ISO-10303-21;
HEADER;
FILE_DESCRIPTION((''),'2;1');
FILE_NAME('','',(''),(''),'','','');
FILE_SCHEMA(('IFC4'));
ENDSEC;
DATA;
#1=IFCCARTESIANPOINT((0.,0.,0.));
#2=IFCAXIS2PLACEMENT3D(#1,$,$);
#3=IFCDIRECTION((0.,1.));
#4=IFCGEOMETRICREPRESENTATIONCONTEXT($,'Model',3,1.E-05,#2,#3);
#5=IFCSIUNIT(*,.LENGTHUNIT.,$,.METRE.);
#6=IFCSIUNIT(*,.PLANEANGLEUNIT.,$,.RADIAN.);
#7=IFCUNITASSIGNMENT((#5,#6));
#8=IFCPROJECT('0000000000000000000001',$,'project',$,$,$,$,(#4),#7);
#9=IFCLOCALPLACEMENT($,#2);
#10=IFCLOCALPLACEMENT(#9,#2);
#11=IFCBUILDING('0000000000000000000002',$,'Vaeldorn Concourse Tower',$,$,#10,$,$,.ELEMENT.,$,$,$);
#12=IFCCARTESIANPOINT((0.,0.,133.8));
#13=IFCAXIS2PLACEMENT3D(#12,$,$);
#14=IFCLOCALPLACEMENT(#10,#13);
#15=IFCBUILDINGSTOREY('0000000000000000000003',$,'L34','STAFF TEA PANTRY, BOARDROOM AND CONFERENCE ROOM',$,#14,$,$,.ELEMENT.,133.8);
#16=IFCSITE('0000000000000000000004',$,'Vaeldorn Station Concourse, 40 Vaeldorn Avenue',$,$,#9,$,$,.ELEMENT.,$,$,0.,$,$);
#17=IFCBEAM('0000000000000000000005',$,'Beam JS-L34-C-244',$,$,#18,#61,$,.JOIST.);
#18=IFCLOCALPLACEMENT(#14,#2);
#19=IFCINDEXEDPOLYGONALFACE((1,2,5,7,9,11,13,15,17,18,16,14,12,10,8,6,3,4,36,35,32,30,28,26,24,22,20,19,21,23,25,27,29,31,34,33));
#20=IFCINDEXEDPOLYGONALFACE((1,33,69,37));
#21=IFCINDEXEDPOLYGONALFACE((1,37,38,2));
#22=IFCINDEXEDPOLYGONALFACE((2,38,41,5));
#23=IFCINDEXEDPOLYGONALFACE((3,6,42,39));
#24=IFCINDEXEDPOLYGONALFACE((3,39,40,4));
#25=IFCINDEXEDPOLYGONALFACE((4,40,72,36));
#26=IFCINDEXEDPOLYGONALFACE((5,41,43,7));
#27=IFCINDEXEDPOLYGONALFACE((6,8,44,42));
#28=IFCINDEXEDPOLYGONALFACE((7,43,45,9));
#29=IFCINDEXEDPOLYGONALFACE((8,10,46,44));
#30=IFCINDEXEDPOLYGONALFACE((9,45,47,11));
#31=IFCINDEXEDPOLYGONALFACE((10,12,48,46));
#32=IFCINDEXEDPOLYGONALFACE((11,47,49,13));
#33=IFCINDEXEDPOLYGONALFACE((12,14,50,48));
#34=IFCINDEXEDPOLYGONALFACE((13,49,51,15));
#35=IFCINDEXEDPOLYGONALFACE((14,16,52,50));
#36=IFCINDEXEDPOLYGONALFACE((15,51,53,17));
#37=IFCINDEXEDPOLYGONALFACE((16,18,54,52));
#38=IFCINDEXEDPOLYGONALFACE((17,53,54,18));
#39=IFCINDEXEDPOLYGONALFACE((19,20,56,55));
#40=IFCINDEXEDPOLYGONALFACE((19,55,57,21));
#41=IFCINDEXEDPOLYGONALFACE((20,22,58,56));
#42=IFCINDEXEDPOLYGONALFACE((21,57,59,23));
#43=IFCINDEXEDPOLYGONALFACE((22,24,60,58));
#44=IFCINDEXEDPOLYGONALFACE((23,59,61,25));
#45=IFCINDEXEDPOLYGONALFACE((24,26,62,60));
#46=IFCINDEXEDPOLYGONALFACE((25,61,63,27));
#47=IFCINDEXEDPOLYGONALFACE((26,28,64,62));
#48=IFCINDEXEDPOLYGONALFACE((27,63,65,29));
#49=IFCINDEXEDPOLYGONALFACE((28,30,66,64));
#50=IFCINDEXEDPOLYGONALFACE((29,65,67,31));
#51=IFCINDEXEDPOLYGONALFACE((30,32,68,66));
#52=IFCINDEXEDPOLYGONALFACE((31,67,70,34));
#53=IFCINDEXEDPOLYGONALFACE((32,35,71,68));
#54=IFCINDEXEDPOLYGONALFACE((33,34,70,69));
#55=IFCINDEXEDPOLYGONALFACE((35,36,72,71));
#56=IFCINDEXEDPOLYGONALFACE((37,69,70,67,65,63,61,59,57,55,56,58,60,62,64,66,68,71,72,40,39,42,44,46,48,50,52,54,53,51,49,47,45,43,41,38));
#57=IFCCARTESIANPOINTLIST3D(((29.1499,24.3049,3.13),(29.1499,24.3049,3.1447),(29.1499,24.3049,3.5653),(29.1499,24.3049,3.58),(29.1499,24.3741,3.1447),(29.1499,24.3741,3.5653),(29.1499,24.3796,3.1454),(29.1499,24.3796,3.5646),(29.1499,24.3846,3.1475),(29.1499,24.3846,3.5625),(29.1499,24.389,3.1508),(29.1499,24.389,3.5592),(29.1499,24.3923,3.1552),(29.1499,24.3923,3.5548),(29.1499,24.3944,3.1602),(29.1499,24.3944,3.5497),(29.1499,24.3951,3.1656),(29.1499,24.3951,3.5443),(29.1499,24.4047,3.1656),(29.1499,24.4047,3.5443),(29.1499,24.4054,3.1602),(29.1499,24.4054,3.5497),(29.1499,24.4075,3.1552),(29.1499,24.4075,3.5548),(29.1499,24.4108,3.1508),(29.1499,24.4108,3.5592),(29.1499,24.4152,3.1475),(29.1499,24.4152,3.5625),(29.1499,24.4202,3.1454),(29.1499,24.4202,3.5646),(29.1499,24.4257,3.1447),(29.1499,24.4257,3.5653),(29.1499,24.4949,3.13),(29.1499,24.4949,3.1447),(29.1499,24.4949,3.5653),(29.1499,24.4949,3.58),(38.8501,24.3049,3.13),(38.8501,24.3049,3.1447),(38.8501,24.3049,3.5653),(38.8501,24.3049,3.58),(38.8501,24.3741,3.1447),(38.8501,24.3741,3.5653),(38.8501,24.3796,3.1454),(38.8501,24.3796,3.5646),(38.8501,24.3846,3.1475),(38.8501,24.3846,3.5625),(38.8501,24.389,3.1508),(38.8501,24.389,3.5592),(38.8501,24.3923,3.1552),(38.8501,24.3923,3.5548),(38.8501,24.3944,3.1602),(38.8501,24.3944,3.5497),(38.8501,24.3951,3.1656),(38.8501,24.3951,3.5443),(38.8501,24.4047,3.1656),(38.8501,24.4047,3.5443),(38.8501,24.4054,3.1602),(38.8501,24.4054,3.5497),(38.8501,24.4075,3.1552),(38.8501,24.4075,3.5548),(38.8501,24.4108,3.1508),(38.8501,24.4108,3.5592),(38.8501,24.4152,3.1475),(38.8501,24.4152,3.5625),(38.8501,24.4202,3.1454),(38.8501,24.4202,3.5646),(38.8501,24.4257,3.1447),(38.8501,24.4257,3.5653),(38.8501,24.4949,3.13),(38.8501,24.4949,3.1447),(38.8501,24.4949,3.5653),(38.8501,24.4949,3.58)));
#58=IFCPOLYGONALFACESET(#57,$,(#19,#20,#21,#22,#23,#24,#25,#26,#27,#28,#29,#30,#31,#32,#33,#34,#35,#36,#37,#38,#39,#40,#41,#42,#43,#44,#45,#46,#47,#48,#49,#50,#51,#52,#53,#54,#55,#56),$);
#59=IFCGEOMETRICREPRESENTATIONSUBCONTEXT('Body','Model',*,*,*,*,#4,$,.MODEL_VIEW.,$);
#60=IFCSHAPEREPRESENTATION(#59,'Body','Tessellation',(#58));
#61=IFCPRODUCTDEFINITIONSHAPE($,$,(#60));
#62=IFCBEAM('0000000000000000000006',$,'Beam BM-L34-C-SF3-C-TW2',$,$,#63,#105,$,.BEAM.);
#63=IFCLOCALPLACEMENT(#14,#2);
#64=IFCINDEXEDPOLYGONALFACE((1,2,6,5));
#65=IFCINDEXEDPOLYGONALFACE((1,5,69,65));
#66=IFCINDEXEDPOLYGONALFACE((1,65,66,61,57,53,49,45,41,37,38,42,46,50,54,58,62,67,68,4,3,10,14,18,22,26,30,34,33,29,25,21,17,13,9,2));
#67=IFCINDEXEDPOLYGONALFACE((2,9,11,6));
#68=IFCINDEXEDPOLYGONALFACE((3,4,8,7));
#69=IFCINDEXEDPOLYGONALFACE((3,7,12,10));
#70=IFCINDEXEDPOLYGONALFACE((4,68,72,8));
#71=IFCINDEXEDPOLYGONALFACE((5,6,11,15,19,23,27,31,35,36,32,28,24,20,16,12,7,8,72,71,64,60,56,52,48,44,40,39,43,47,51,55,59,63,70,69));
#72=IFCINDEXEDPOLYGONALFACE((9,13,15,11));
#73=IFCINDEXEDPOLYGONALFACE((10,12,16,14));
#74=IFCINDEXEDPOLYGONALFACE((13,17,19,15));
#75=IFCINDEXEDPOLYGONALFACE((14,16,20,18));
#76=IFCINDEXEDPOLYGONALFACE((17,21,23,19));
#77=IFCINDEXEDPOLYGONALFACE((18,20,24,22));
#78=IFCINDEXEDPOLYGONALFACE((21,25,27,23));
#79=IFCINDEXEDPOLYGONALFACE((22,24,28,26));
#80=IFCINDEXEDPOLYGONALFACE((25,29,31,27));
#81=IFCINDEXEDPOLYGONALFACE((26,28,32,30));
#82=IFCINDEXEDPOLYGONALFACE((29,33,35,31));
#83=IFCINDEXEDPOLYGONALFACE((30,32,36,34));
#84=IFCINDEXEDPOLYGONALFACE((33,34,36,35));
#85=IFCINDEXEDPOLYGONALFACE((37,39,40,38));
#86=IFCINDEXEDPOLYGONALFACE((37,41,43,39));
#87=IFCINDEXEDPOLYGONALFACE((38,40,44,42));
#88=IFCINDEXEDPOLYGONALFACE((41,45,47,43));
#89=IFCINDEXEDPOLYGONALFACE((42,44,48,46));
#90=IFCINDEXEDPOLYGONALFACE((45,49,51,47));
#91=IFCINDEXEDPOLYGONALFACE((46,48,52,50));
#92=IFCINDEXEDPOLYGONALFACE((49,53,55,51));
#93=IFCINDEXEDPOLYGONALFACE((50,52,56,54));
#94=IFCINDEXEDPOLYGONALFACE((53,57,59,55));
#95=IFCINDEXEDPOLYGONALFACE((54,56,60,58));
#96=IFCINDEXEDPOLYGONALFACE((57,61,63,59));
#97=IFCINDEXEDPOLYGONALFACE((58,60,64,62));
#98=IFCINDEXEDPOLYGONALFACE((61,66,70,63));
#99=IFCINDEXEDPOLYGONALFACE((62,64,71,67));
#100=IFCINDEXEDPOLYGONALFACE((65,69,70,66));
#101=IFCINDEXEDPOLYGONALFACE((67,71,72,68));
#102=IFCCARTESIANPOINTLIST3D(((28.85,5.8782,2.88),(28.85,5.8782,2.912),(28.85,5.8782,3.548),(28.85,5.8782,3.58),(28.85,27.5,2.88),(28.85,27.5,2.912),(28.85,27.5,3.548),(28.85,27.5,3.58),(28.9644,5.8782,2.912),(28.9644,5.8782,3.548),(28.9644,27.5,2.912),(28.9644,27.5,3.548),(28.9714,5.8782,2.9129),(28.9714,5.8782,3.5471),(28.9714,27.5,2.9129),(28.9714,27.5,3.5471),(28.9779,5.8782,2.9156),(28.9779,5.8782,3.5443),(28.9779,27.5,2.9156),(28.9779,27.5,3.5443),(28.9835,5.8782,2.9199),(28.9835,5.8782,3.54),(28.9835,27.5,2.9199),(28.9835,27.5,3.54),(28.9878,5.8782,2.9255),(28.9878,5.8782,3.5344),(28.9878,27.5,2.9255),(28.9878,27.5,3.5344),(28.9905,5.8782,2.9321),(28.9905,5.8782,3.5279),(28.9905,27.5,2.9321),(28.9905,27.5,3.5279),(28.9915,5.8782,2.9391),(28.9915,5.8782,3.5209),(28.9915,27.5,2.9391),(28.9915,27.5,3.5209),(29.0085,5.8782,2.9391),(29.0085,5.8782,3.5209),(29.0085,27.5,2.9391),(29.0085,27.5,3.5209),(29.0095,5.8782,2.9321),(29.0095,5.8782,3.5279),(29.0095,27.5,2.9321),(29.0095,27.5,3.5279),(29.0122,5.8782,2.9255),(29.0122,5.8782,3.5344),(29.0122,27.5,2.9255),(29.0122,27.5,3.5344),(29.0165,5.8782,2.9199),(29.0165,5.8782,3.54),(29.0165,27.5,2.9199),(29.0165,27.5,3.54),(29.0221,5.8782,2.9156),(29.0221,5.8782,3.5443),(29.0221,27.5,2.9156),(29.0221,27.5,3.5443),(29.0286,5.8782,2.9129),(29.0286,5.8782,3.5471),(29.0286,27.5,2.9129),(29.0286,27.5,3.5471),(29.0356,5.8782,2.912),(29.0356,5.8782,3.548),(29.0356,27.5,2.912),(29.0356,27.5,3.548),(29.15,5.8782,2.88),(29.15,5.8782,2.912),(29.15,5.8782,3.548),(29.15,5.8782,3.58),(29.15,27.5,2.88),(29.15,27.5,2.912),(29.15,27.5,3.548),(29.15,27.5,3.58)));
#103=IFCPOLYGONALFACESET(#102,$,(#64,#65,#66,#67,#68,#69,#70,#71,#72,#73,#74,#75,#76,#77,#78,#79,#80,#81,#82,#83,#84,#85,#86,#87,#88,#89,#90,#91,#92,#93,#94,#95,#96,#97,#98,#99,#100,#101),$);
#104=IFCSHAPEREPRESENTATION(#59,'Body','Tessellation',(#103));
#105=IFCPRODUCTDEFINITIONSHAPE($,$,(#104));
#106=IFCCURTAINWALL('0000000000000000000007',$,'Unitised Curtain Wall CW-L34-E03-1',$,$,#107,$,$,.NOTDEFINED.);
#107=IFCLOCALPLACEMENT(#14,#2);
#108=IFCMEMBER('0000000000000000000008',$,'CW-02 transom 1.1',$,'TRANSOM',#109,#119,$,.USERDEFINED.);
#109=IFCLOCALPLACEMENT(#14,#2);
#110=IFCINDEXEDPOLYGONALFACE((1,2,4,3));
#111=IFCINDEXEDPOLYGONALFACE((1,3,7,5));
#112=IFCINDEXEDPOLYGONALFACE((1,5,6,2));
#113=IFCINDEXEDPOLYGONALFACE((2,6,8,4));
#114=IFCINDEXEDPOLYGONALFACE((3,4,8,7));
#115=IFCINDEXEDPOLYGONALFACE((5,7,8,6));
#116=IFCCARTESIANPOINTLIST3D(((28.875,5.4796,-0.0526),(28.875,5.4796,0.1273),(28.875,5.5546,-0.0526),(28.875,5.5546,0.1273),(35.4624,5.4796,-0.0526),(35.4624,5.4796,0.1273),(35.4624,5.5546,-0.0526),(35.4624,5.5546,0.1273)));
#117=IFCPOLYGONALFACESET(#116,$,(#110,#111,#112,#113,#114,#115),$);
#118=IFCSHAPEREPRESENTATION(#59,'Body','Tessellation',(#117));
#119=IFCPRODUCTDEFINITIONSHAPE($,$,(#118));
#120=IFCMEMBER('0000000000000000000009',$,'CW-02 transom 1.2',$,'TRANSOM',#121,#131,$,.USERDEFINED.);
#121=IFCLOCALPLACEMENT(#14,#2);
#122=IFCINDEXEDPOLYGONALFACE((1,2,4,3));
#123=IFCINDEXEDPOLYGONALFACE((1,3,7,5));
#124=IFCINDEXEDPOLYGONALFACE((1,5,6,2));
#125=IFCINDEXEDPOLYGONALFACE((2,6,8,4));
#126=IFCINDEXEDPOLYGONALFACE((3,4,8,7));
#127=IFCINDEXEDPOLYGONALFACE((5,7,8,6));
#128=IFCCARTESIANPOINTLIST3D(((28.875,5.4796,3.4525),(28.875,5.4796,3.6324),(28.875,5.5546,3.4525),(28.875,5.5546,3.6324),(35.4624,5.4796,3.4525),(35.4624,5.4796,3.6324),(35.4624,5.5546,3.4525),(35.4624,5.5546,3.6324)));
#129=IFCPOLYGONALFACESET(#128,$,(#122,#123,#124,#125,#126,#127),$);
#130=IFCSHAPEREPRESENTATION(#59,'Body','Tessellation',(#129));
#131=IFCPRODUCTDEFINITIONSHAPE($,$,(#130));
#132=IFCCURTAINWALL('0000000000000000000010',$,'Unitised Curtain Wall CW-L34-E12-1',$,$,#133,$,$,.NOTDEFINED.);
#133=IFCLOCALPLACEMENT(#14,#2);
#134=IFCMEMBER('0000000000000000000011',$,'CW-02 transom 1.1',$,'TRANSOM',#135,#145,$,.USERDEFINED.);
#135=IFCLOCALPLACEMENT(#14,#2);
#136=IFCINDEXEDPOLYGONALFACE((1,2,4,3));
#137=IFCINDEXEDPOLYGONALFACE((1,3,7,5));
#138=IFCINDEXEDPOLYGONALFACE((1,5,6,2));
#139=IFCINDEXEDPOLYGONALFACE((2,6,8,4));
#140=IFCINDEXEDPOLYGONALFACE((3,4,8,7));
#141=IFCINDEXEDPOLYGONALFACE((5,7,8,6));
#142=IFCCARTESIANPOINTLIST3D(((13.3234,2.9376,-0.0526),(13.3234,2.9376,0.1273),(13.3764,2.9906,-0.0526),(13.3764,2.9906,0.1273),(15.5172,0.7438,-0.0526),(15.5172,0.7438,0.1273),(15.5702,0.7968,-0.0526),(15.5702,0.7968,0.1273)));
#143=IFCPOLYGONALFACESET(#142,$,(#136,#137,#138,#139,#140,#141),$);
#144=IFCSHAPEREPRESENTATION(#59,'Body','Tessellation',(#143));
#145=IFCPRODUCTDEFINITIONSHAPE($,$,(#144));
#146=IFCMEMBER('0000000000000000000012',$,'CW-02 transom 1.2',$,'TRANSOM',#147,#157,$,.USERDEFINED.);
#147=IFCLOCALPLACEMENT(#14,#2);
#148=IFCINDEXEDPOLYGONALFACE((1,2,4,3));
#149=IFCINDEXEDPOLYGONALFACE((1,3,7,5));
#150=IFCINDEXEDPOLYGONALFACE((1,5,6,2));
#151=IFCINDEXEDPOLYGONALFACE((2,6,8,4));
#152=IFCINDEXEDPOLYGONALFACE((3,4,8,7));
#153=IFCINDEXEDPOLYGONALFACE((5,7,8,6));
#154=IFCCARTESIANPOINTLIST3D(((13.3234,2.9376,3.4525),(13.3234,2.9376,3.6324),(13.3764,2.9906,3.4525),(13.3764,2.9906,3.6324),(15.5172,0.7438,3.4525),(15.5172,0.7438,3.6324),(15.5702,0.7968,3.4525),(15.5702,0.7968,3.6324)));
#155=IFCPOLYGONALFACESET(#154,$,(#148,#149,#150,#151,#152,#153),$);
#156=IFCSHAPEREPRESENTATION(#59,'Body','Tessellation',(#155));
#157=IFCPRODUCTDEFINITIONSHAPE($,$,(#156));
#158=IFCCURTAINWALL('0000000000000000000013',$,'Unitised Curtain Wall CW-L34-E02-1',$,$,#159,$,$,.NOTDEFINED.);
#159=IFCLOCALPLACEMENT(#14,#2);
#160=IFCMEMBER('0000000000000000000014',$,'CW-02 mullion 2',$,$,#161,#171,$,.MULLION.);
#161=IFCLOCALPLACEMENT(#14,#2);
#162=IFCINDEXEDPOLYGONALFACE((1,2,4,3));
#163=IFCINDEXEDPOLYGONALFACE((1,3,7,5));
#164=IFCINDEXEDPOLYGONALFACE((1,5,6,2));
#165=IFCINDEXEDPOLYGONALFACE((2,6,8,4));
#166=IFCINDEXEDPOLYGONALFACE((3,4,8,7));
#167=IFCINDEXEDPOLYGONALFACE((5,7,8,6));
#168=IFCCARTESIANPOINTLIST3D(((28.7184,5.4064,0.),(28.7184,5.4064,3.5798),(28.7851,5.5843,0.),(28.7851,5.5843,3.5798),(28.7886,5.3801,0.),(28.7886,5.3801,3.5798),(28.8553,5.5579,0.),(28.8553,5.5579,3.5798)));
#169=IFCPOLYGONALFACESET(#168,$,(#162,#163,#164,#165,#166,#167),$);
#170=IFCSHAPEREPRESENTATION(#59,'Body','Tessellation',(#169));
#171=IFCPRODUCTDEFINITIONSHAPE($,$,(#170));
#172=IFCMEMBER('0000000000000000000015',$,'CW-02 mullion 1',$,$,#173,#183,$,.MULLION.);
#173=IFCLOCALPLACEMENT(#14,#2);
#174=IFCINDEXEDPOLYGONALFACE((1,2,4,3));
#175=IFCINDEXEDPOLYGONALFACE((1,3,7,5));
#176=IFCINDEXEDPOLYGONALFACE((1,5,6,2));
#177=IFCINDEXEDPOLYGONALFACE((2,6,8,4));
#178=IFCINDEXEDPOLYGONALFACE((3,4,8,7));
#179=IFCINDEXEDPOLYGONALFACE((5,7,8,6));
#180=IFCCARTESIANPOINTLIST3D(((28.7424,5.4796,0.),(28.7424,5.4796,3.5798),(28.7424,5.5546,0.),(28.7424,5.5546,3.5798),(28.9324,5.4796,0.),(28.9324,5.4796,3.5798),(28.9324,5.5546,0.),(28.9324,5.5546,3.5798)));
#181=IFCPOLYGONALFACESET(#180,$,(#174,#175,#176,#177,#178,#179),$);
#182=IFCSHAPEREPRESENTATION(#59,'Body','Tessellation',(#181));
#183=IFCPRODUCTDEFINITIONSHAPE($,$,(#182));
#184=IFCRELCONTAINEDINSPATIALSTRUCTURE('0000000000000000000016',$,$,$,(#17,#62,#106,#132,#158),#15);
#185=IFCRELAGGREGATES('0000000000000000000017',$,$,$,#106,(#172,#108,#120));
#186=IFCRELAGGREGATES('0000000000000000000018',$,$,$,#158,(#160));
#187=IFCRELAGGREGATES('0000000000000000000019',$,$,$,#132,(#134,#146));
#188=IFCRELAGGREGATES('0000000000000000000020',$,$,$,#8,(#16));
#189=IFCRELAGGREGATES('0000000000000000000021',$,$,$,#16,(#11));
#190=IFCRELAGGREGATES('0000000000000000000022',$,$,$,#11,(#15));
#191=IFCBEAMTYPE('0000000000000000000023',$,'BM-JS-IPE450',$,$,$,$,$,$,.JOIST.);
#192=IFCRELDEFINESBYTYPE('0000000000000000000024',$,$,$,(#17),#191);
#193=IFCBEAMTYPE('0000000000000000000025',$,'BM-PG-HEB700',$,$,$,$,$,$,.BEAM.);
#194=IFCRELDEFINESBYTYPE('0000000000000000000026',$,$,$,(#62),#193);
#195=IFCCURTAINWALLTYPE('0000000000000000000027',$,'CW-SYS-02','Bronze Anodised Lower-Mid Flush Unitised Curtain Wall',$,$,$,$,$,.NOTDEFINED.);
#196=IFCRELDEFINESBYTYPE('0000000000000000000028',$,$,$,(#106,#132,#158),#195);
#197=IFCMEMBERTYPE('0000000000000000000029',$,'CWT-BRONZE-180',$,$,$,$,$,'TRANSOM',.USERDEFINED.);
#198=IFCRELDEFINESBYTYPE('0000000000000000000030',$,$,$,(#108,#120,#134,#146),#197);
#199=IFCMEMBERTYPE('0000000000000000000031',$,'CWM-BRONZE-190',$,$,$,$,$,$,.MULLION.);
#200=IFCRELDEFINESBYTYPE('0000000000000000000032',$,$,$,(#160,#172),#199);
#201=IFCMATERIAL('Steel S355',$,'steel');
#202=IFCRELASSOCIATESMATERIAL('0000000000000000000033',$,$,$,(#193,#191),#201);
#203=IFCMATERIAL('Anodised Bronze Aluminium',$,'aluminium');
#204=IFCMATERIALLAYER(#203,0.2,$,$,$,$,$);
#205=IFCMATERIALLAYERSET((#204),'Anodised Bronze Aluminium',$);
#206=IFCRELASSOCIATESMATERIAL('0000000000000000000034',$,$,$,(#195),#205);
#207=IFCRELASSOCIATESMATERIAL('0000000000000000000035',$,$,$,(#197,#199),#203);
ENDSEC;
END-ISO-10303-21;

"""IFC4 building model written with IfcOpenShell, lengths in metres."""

from ifc_helpers import new_model, si_unit, direction, frame, origin, origin_2d, place, context, subcontext, project, spatial, rectangle, i_section, extrude, source, transform, mapped, material, layer, layer_set, material_profile, profile_set, type_object, element, aggregate, save


model = new_model("IFC4")

# Units and contexts
model_context = context("Model", 3, precision=1e-05, world=origin(), true_north=direction((0.0, 1.0)))
body_context = subcontext(model_context, "Body", "Model", "MODEL_VIEW")
ifc_project = project(units=[si_unit("LENGTHUNIT", "METRE"), si_unit("PLANEANGLEUNIT", "RADIAN")], contexts=[model_context])

# Site, building, storey
site_placement = place(None, origin())
site = spatial("IfcSite", under=ifc_project, at=site_placement, Name="Vaeldorn Station Concourse, 40 Vaeldorn Avenue", CompositionType="ELEMENT", RefElevation=0.0)
building_placement = place(site_placement, origin())
building = spatial("IfcBuilding", under=site, at=building_placement, Name="Vaeldorn Concourse Tower", CompositionType="ELEMENT")
storey_placement = place(building_placement, frame((0.0, 0.0, 133.8)))
storey = spatial("IfcBuildingStorey", under=building, at=storey_placement, Name="L34", Description="STAFF TEA PANTRY, BOARDROOM AND CONFERENCE ROOM", CompositionType="ELEMENT", Elevation=133.8)

# Beams
ifc_material_1 = material(Name="Steel S355", Category="steel")
ifc_material_profile_1 = material_profile(ifc_material_1, i_section(OverallWidth=0.3, OverallDepth=0.7, WebThickness=0.0171, FlangeThickness=0.032, FilletRadius=0.0271, at=origin_2d()), Name="HEB 700")
ifc_profile_set_1 = profile_set([ifc_material_profile_1], Name="Steel S355")
beam_type_1 = type_object("IfcBeamType", Name="BM-PG-HEB700", PredefinedType="BEAM", material=ifc_profile_set_1)
ifc_material_profile_2 = material_profile(ifc_material_1, i_section(OverallWidth=0.1899, OverallDepth=0.45, WebThickness=0.0095, FlangeThickness=0.0146, FilletRadius=0.021, at=origin_2d()), Name="IPE 450")
ifc_profile_set_2 = profile_set([ifc_material_profile_2], Name="Steel S355")
beam_type_2 = type_object("IfcBeamType", Name="BM-JS-IPE450", PredefinedType="JOIST", material=ifc_profile_set_2)
shared_shape_1 = source(origin(), body_context, "Body", "SweptSolid", [
    extrude(i_section(OverallWidth=0.1899, OverallDepth=0.45, WebThickness=0.0095, FlangeThickness=0.0146, FilletRadius=0.021, at=origin_2d()), origin(), (0.0, 0.0, 1.0), 9.7002),
])
for number, where, z_axis, x_axis, name in (
    (1, (29.1499, 24.3999, 3.355), (1.0, 0.0, 0.0), (0.0, 1.0, 0.0), "Beam JS-L34-C-244"),
):
    element("IfcBeam", number, at=place(storey_placement, frame(where, z_axis=z_axis, x_axis=x_axis)), inside=storey, type_object=beam_type_2, Name=name, PredefinedType="JOIST", context=body_context, shape_type="MappedRepresentation", body=[
        mapped(shared_shape_1, transform((0.0, 0.0, 0.0), scale=1.0)),
    ])
shared_shape_2 = source(origin(), body_context, "Body", "SweptSolid", [
    extrude(i_section(OverallWidth=0.3, OverallDepth=0.7, WebThickness=0.0171, FlangeThickness=0.032, FilletRadius=0.0271, at=origin_2d()), origin(), (0.0, 0.0, 1.0), 21.6218),
])
beam_1_placement = place(storey_placement, frame((29.0, 5.8782, 3.23), z_axis=(0.0, 1.0, 0.0), x_axis=(-1.0, 0.0, 0.0)))
element("IfcBeam", 2, at=beam_1_placement, inside=storey, type_object=beam_type_1, Name="Beam BM-L34-C-SF3-C-TW2", PredefinedType="BEAM", context=body_context, shape_type="MappedRepresentation", body=[
    mapped(shared_shape_2, transform((0.0, 0.0, 0.0), scale=1.0)),
])

# Curtain walls, members
ifc_material_2 = material(Name="Anodised Bronze Aluminium", Category="aluminium")
ifc_layer_1 = layer(ifc_material_2, 0.2)
ifc_layer_set_1 = layer_set([ifc_layer_1], Name="Anodised Bronze Aluminium")
curtain_wall_type = type_object("IfcCurtainWallType", Name="CW-SYS-02", Description="Bronze Anodised Lower-Mid Flush Unitised Curtain Wall", PredefinedType="NOTDEFINED", material=ifc_layer_set_1)
curtain_wall_1_placement = place(storey_placement, origin())
curtain_wall_1 = element("IfcCurtainWall", 3, at=curtain_wall_1_placement, inside=storey, type_object=curtain_wall_type, Name="Unitised Curtain Wall CW-L34-E03-1", PredefinedType="NOTDEFINED")
ifc_material_profile_3 = material_profile(ifc_material_2, rectangle(XDim=0.075, YDim=0.1799, at=origin_2d()), Name="CWT 75x180")
ifc_profile_set_3 = profile_set([ifc_material_profile_3], Name="Anodised Bronze Aluminium")
member_type_1 = type_object("IfcMemberType", Name="CWT-BRONZE-180", ElementType="TRANSOM", PredefinedType="USERDEFINED", material=ifc_profile_set_3)
shared_shape_3 = source(origin(), body_context, "Body", "SweptSolid", [
    extrude(rectangle(XDim=0.075, YDim=0.1799, at=origin_2d()), origin(), (0.0, 0.0, 1.0), 6.5874),
])
member_1_placement = place(storey_placement, frame((28.875, 5.5171, 0.0374), z_axis=(1.0, 0.0, 0.0), x_axis=(0.0, 1.0, 0.0)))
member_1 = element("IfcMember", 4, at=member_1_placement, type_object=member_type_1, Name="CW-02 transom 1.1", ObjectType="TRANSOM", PredefinedType="USERDEFINED", context=body_context, shape_type="MappedRepresentation", body=[
    mapped(shared_shape_3, transform((0.0, 0.0, 0.0), scale=1.0)),
])
member_2_placement = place(storey_placement, frame((28.875, 5.5171, 3.5425), z_axis=(1.0, 0.0, 0.0), x_axis=(0.0, 1.0, 0.0)))
member_2 = element("IfcMember", 5, at=member_2_placement, type_object=member_type_1, Name="CW-02 transom 1.2", ObjectType="TRANSOM", PredefinedType="USERDEFINED", context=body_context, shape_type="MappedRepresentation", body=[
    mapped(shared_shape_3, transform((0.0, 0.0, 0.0), scale=1.0)),
])
curtain_wall_2_placement = place(storey_placement, origin())
curtain_wall_2 = element("IfcCurtainWall", 6, at=curtain_wall_2_placement, inside=storey, type_object=curtain_wall_type, Name="Unitised Curtain Wall CW-L34-E12-1", PredefinedType="NOTDEFINED")
shared_shape_4 = source(origin(), body_context, "Body", "SweptSolid", [
    extrude(rectangle(XDim=0.075, YDim=0.1799, at=origin_2d()), origin(), (0.0, 0.0, 1.0), 3.1025),
])
member_3_placement = place(storey_placement, frame((13.3499, 2.9641, 0.0374), z_axis=(0.707107, -0.707107, 0.0), x_axis=(0.707107, 0.707107, 0.0)))
member_3 = element("IfcMember", 7, at=member_3_placement, type_object=member_type_1, Name="CW-02 transom 1.1", ObjectType="TRANSOM", PredefinedType="USERDEFINED", context=body_context, shape_type="MappedRepresentation", body=[
    mapped(shared_shape_4, transform((0.0, 0.0, 0.0), scale=1.0)),
])
member_4_placement = place(storey_placement, frame((13.3499, 2.9641, 3.5425), z_axis=(0.707107, -0.707107, 0.0), x_axis=(0.707107, 0.707107, 0.0)))
member_4 = element("IfcMember", 8, at=member_4_placement, type_object=member_type_1, Name="CW-02 transom 1.2", ObjectType="TRANSOM", PredefinedType="USERDEFINED", context=body_context, shape_type="MappedRepresentation", body=[
    mapped(shared_shape_4, transform((0.0, 0.0, 0.0), scale=1.0)),
])

# Curtain wall, member
curtain_wall_3_placement = place(storey_placement, origin())
curtain_wall_3 = element("IfcCurtainWall", 9, at=curtain_wall_3_placement, inside=storey, type_object=curtain_wall_type, Name="Unitised Curtain Wall CW-L34-E02-1", PredefinedType="NOTDEFINED")
ifc_material_profile_4 = material_profile(ifc_material_2, rectangle(XDim=0.075, YDim=0.1899, at=origin_2d()), Name="CWM 75x190")
ifc_profile_set_4 = profile_set([ifc_material_profile_4], Name="Anodised Bronze Aluminium")
member_type_2 = type_object("IfcMemberType", Name="CWM-BRONZE-190", PredefinedType="MULLION", material=ifc_profile_set_4)
shared_shape_5 = source(origin(), body_context, "Body", "SweptSolid", [
    extrude(rectangle(XDim=0.075, YDim=0.1899, at=origin_2d()), origin(), (0.0, 0.0, 1.0), 3.5798),
])
member_5_placement = place(storey_placement, frame((28.7869, 5.4822, 0.0), z_axis=(0.0, 0.0, 1.0), x_axis=(-0.936329, 0.351123, 0.0)))
member_5 = element("IfcMember", 10, at=member_5_placement, type_object=member_type_2, Name="CW-02 mullion 2", PredefinedType="MULLION", context=body_context, shape_type="MappedRepresentation", body=[
    mapped(shared_shape_5, transform((0.0, 0.0, 0.0), scale=1.0)),
])

# Member
member_6_placement = place(storey_placement, frame((28.8374, 5.5171, 0.0), z_axis=(0.0, 0.0, 1.0), x_axis=(0.0, 1.0, 0.0)))
member_6 = element("IfcMember", 11, at=member_6_placement, type_object=member_type_2, Name="CW-02 mullion 1", PredefinedType="MULLION", context=body_context, shape_type="MappedRepresentation", body=[
    mapped(shared_shape_5, transform((0.0, 0.0, 0.0), scale=1.0)),
])
aggregate(curtain_wall_1, [member_6, member_1, member_2])

aggregate(curtain_wall_3, [member_5])
aggregate(curtain_wall_2, [member_3, member_4])

save(model, "model.ifc")
